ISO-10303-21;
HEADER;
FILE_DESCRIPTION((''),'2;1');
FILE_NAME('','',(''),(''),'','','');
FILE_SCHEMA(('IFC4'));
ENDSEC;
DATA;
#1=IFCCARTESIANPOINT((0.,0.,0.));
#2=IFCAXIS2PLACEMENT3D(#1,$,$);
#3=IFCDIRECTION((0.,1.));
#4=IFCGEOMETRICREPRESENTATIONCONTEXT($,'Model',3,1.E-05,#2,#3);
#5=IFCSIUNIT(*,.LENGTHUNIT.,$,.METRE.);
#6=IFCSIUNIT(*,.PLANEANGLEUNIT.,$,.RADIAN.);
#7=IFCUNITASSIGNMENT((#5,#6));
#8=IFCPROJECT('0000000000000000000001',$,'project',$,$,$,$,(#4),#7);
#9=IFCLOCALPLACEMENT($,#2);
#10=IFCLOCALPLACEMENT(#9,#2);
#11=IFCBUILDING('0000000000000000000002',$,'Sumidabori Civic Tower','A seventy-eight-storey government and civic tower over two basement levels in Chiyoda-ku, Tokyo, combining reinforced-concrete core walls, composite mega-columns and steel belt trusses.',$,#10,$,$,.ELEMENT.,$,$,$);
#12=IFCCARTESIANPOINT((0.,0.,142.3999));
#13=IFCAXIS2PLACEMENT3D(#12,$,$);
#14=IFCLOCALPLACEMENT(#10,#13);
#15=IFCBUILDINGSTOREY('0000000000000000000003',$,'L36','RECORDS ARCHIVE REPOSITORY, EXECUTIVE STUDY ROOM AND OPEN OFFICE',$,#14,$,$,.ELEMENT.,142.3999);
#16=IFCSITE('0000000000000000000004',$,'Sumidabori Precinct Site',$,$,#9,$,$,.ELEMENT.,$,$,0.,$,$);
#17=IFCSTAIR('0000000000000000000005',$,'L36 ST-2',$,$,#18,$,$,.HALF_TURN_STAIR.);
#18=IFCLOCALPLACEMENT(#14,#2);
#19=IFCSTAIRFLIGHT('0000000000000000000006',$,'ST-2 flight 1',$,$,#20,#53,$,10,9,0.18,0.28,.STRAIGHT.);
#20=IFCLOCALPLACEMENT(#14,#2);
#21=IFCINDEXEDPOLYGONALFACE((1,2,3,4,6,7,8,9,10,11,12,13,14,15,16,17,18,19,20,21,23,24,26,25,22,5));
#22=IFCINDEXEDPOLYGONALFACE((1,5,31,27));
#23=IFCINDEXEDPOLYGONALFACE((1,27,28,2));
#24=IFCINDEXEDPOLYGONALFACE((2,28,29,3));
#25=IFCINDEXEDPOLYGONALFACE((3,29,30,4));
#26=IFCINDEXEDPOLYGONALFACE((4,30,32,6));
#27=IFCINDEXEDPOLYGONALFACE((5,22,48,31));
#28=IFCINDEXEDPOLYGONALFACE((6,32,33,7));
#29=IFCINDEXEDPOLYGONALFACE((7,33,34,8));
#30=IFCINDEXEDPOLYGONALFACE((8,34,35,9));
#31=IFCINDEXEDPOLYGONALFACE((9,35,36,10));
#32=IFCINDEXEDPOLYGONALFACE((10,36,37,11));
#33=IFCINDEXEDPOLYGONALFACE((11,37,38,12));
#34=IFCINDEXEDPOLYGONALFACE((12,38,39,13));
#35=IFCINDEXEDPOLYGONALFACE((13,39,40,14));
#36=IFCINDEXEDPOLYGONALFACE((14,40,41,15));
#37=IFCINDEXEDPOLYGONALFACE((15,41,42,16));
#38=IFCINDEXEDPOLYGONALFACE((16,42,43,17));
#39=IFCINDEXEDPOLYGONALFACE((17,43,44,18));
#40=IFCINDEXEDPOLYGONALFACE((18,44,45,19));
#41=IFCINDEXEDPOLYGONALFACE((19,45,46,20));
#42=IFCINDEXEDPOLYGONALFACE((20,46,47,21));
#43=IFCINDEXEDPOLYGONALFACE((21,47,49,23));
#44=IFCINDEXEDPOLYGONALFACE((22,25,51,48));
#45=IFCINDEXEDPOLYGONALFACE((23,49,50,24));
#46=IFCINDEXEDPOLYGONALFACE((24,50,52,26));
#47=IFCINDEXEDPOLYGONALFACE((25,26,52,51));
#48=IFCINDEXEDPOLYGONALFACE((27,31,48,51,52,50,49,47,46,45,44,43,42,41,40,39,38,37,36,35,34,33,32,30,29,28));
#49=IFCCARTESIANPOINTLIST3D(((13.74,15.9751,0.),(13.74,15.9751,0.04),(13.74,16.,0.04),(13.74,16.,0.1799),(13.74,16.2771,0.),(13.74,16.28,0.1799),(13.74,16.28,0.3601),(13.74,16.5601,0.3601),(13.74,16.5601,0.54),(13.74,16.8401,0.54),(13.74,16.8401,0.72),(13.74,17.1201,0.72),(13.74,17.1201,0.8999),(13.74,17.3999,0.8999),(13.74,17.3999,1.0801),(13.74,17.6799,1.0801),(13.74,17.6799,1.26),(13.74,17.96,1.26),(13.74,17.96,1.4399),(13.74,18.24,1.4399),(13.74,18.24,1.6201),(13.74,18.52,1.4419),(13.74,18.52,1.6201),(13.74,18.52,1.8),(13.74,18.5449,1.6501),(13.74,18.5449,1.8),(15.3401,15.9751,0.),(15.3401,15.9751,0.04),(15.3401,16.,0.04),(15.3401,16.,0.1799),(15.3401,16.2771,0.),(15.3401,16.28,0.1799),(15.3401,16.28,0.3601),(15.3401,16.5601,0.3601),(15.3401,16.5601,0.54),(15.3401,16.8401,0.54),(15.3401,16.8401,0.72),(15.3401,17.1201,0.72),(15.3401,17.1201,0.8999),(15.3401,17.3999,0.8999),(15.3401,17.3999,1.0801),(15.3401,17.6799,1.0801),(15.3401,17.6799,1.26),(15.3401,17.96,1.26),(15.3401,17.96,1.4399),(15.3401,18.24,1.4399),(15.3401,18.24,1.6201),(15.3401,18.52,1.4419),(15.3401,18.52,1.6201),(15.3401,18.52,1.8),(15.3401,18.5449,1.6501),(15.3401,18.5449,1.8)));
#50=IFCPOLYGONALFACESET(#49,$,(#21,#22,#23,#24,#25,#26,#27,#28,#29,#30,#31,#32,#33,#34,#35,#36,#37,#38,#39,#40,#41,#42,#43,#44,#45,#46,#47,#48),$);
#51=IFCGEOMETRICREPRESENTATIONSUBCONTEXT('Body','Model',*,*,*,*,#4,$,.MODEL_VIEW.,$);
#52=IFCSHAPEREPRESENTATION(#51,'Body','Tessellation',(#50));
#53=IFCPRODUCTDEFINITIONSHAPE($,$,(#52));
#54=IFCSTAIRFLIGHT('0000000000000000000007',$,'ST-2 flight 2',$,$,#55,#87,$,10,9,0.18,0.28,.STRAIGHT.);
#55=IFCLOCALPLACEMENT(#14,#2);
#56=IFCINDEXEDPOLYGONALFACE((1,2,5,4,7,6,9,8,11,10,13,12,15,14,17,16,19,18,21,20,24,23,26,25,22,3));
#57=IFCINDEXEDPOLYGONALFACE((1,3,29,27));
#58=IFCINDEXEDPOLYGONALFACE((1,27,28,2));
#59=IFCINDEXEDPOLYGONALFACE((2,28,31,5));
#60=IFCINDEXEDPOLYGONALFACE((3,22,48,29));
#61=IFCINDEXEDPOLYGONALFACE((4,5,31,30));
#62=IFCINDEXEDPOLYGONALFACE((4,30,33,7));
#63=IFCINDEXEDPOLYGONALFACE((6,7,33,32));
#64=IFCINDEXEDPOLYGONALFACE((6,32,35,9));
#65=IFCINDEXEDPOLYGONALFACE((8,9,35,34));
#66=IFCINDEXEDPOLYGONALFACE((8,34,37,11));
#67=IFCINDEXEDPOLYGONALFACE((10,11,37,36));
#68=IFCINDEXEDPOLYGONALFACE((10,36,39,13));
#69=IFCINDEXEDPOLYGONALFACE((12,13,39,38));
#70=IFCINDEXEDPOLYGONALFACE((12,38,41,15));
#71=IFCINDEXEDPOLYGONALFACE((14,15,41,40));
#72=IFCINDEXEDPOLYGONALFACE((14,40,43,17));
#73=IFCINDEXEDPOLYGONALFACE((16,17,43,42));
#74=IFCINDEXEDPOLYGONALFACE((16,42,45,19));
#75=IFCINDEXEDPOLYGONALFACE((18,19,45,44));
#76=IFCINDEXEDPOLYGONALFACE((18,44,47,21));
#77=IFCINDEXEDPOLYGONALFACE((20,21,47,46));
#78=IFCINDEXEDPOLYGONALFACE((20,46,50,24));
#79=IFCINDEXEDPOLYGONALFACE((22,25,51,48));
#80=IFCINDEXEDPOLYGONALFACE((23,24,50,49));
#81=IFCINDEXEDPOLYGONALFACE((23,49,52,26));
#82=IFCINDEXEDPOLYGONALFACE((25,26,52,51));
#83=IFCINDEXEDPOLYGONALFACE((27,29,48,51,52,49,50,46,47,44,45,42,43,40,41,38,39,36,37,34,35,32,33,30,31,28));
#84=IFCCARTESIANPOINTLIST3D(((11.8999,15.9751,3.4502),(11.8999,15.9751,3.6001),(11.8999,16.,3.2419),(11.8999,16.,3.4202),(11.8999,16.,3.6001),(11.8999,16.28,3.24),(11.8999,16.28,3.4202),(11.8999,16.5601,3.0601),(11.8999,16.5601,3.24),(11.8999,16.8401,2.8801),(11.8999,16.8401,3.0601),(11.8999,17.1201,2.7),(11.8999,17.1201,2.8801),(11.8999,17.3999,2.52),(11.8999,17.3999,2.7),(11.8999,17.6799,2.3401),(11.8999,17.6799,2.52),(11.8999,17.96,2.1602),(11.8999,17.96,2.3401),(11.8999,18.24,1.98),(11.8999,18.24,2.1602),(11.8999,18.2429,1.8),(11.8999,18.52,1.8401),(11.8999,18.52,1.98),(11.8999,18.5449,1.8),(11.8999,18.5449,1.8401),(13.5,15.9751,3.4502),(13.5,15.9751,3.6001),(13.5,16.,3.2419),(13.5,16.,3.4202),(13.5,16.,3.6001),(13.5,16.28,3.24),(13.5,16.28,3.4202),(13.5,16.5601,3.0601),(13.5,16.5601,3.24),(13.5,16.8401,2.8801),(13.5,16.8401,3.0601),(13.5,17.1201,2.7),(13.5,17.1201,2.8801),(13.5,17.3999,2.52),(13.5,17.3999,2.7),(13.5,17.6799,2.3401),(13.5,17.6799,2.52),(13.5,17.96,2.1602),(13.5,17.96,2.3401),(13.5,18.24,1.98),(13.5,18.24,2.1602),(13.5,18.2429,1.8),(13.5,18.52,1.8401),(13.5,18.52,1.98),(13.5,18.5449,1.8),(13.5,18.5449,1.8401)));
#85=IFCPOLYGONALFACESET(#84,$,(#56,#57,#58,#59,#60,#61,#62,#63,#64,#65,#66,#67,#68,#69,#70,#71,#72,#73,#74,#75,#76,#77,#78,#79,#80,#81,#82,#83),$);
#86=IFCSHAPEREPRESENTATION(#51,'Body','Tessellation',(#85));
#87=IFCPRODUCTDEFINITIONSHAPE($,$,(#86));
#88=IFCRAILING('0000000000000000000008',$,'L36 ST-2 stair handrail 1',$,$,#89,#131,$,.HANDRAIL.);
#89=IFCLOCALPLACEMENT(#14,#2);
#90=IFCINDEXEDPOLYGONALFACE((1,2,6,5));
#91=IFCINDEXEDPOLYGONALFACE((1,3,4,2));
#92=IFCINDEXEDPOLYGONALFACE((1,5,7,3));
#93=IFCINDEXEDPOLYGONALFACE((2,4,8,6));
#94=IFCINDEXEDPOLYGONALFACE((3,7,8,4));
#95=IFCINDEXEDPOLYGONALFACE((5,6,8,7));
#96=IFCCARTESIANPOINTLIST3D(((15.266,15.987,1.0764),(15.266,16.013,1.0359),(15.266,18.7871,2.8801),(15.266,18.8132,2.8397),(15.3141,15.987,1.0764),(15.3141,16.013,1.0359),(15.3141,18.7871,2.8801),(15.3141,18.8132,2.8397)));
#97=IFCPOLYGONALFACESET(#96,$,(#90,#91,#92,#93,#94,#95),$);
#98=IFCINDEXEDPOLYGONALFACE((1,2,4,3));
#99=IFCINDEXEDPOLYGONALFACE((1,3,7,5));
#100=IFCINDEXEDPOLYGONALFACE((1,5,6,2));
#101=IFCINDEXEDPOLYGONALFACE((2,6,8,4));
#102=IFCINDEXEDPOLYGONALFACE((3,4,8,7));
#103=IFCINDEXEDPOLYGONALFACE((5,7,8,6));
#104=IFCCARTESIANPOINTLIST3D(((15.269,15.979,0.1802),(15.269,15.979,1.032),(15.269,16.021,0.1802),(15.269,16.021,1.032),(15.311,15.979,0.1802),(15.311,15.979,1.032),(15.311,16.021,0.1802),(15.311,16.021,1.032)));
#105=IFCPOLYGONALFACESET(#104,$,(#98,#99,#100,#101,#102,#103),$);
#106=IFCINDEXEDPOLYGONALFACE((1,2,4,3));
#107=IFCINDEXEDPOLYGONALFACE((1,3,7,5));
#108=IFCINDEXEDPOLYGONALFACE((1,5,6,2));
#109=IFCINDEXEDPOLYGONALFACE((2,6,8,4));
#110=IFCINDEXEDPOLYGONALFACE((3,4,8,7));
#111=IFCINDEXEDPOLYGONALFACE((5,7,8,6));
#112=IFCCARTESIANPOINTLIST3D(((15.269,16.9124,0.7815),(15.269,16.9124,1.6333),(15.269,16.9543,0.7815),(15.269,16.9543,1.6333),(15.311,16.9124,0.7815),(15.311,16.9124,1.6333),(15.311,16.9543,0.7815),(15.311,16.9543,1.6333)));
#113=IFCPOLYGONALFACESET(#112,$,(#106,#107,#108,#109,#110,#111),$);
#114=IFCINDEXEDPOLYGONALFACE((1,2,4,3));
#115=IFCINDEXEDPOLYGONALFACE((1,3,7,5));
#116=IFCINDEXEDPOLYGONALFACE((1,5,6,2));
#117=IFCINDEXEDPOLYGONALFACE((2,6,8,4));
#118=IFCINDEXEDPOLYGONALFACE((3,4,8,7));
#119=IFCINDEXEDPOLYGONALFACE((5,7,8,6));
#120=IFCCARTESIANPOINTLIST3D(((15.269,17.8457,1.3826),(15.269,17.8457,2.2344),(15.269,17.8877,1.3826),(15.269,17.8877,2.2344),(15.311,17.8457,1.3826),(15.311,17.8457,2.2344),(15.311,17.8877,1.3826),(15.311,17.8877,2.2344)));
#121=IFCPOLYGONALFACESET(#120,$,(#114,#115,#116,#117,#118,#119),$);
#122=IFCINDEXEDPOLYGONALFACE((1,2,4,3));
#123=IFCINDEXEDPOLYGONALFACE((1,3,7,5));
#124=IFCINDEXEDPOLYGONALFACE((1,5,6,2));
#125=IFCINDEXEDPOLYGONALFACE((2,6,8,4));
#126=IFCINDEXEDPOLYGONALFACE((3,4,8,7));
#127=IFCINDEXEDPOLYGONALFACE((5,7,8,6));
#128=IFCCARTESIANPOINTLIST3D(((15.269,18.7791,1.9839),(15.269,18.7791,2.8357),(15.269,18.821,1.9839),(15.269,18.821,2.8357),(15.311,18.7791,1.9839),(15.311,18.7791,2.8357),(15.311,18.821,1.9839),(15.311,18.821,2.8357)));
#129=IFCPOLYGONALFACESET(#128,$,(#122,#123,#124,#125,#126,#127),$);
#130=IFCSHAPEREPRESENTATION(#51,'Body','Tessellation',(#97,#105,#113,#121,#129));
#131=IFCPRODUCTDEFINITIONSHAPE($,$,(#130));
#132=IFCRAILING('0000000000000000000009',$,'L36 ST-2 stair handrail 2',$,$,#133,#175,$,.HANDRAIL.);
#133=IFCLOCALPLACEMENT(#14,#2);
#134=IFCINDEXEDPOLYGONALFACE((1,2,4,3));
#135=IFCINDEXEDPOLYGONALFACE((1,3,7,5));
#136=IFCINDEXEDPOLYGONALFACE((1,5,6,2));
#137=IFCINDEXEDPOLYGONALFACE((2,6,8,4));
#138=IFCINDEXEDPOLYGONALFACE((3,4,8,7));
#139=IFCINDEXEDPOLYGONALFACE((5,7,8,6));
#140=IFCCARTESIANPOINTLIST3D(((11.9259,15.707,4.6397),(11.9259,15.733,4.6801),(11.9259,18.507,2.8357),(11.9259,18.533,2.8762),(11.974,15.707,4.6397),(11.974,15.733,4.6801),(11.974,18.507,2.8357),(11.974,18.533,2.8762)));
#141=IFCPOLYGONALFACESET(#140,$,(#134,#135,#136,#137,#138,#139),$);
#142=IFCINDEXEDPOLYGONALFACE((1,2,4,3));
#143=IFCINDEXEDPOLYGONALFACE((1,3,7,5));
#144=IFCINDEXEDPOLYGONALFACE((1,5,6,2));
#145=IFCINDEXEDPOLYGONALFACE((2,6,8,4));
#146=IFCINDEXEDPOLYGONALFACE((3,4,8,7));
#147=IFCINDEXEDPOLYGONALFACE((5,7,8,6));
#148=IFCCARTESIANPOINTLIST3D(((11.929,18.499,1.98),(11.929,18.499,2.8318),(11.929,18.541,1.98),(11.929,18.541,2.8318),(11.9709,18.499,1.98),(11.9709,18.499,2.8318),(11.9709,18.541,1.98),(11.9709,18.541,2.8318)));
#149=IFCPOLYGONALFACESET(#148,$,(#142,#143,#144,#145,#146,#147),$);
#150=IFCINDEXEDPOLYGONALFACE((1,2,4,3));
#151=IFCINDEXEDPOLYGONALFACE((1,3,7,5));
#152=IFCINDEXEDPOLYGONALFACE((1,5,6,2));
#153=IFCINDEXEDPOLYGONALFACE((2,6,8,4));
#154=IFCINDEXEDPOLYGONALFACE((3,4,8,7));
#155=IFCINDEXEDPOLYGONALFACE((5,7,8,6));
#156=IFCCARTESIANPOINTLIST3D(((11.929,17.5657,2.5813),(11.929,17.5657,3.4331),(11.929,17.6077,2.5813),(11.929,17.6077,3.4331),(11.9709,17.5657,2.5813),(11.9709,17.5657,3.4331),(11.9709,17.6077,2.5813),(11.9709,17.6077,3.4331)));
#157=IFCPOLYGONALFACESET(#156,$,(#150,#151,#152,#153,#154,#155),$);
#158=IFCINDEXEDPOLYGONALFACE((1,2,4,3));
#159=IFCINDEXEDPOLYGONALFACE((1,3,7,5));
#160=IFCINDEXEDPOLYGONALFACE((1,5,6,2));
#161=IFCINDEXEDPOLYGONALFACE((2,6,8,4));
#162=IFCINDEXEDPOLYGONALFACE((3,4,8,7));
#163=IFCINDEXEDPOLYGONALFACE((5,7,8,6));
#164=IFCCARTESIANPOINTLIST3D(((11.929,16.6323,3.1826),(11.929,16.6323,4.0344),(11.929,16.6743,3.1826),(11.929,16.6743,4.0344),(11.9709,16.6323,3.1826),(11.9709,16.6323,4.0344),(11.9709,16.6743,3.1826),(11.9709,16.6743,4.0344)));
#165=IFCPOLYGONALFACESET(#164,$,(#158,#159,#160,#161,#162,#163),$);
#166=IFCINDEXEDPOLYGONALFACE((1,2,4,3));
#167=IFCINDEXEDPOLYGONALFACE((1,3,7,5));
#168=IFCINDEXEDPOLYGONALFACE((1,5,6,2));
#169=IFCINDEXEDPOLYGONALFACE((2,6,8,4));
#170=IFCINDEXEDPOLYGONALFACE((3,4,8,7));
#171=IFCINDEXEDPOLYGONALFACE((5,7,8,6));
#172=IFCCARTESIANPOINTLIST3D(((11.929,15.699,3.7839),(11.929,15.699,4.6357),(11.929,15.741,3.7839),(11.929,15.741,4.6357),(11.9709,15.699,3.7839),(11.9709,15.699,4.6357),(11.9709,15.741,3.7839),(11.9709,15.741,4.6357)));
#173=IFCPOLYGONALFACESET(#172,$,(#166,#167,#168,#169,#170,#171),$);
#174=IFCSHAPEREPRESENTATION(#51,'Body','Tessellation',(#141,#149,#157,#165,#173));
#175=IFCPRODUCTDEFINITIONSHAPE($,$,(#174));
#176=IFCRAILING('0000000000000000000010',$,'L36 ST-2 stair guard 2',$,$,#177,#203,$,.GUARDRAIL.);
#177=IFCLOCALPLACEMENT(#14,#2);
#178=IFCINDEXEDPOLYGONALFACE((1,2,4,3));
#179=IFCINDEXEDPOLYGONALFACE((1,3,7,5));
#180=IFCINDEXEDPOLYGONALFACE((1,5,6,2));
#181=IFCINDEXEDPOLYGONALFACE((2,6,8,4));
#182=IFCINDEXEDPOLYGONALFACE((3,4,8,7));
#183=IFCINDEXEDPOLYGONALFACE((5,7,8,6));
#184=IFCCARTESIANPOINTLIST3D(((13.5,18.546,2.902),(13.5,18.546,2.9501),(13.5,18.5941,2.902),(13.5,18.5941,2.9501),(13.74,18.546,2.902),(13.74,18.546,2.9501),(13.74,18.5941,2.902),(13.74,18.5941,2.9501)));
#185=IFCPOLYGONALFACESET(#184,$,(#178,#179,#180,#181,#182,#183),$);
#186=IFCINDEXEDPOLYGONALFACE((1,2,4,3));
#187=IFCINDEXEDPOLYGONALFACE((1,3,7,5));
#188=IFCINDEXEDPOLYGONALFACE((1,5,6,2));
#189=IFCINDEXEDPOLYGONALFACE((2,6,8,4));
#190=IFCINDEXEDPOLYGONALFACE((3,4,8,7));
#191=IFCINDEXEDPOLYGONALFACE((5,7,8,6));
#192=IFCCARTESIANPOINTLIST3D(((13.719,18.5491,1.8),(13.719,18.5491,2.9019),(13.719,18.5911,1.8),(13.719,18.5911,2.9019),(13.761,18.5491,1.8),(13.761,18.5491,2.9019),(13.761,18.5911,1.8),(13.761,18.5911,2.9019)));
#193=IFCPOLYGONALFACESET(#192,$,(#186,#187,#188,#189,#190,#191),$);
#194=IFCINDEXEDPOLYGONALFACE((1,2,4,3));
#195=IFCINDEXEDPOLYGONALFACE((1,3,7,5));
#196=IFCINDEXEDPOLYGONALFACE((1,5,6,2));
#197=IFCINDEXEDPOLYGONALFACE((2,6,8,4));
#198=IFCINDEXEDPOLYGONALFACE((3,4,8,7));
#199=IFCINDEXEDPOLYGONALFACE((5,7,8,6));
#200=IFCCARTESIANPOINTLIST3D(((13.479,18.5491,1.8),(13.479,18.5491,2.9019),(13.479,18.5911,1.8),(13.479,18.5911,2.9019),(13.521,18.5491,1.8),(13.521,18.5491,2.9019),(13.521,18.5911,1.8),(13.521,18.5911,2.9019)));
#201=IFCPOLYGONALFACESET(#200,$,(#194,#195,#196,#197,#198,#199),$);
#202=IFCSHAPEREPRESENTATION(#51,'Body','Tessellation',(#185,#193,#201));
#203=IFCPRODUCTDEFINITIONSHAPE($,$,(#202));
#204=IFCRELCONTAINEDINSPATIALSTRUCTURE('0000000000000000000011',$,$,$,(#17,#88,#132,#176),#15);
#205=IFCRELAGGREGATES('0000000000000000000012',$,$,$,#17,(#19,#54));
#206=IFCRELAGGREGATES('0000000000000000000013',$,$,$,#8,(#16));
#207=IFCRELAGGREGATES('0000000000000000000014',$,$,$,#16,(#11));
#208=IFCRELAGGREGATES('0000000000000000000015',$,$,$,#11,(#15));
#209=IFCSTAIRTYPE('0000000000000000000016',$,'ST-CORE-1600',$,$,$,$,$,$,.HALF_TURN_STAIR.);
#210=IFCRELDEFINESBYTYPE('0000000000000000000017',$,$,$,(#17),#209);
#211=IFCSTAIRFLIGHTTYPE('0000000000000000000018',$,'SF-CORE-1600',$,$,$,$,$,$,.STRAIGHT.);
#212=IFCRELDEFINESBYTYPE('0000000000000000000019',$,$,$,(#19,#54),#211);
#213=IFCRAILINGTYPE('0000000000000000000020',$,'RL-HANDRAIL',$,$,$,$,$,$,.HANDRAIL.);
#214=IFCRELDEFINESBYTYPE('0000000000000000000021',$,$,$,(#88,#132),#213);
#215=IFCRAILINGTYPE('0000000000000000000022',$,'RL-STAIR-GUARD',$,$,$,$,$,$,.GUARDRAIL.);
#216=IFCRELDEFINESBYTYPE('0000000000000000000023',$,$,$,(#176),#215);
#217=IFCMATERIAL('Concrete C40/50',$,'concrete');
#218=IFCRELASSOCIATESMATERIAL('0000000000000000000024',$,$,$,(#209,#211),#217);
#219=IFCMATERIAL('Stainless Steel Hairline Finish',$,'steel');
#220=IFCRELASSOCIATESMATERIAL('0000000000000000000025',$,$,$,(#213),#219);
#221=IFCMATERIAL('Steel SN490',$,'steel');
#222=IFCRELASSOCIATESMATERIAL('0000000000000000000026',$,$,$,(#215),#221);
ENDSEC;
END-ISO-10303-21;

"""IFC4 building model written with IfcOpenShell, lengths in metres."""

from ifc_helpers import new_model, si_unit, direction, frame, origin, origin_2d, place, context, subcontext, project, spatial, polyline, rectangle, outline, extrude, source, transform, mapped, material, type_object, element, aggregate, save


model = new_model("IFC4")

# Units and contexts
model_context = context("Model", 3, precision=1e-05, world=origin(), true_north=direction((0.0, 1.0)))
body_context = subcontext(model_context, "Body", "Model", "MODEL_VIEW")
ifc_project = project(units=[si_unit("LENGTHUNIT", "METRE"), si_unit("PLANEANGLEUNIT", "RADIAN")], contexts=[model_context])

# Site, building, storey
site_placement = place(None, origin())
site = spatial("IfcSite", under=ifc_project, at=site_placement, Name="Sumidabori Precinct Site", CompositionType="ELEMENT", RefElevation=0.0)
building_placement = place(site_placement, origin())
building = spatial("IfcBuilding", under=site, at=building_placement, Name="Sumidabori Civic Tower", Description="A seventy-eight-storey government and civic tower over two basement levels in Chiyoda-ku, Tokyo, combining reinforced-concrete core walls, composite mega-columns and steel belt trusses.", CompositionType="ELEMENT")
storey_placement = place(building_placement, frame((0.0, 0.0, 142.3999)))
storey = spatial("IfcBuildingStorey", under=building, at=storey_placement, Name="L36", Description="RECORDS ARCHIVE REPOSITORY, EXECUTIVE STUDY ROOM AND OPEN OFFICE", CompositionType="ELEMENT", Elevation=142.3999)

# Shared definitions
ifc_material_1 = material(Name="Steel SN490", Category="steel")

# Stair, stair flights
ifc_material_2 = material(Name="Concrete C40/50", Category="concrete")
stair_type = type_object("IfcStairType", Name="ST-CORE-1600", PredefinedType="HALF_TURN_STAIR", material=ifc_material_2)
stair_placement = place(storey_placement, origin())
stair = element("IfcStair", 1, at=stair_placement, inside=storey, type_object=stair_type, Name="L36 ST-2", PredefinedType="HALF_TURN_STAIR")
stair_flight_type = type_object("IfcStairFlightType", Name="SF-CORE-1600", PredefinedType="STRAIGHT", material=ifc_material_2)
shared_shape_1 = source(origin(), body_context, "Body", "SweptSolid", [
    extrude(outline(polyline([(-0.0249, 0.0), (-0.0249, 0.04), (0.0, 0.04), (0.0, 0.1799), (0.28, 0.1799), (0.28, 0.3601), (0.5601, 0.3601), (0.5601, 0.54), (0.8401, 0.54), (0.8401, 0.72), (1.1201, 0.72), (1.1201, 0.8999), (1.3999, 0.8999), (1.3999, 1.0801), (1.6799, 1.0801), (1.6799, 1.26), (1.96, 1.26), (1.96, 1.4399), (2.24, 1.4399), (2.24, 1.6201), (2.52, 1.6201), (2.52, 1.8), (2.5449, 1.8), (2.5449, 1.6501), (2.52, 1.4419), (0.2771, 0.0), (-0.0249, 0.0)])), frame((0.0, 0.8, 0.0), z_axis=(0.0, -1.0, 0.0), x_axis=(1.0, 0.0, 0.0)), (0.0, 0.0, 1.0), 1.6001),
])
stair_flight_1_placement = place(storey_placement, frame((14.54, 16.0, 0.0), z_axis=(0.0, 0.0, 1.0), x_axis=(0.0, 1.0, 0.0)))
stair_flight_1 = element("IfcStairFlight", 2, at=stair_flight_1_placement, type_object=stair_flight_type, Name="ST-2 flight 1", NumberOfRisers=10, NumberOfTreads=9, PredefinedType="STRAIGHT", RiserHeight=0.18, TreadLength=0.28, context=body_context, shape_type="MappedRepresentation", body=[
    mapped(shared_shape_1, transform((0.0, 0.0, 0.0), x_axis=(1.0, 0.0, 0.0), y_axis=(0.0, 1.0, 0.0), z_axis=(0.0, 0.0, 1.0), scale=1.0)),
])
stair_flight_2_placement = place(storey_placement, frame((12.7, 18.52, 1.8), z_axis=(0.0, 0.0, 1.0), x_axis=(0.0, -1.0, 0.0)))
stair_flight_2 = element("IfcStairFlight", 3, at=stair_flight_2_placement, type_object=stair_flight_type, Name="ST-2 flight 2", NumberOfRisers=10, NumberOfTreads=9, PredefinedType="STRAIGHT", RiserHeight=0.18, TreadLength=0.28, context=body_context, shape_type="MappedRepresentation", body=[
    mapped(shared_shape_1, transform((0.0, 0.0, 0.0), x_axis=(1.0, 0.0, 0.0), y_axis=(0.0, 1.0, 0.0), z_axis=(0.0, 0.0, 1.0), scale=1.0)),
])
aggregate(stair, [stair_flight_1, stair_flight_2])

# Railings
ifc_material_3 = material(Name="Stainless Steel Hairline Finish", Category="steel")
railing_type_1 = type_object("IfcRailingType", Name="RL-HANDRAIL", PredefinedType="HANDRAIL", material=ifc_material_3)
railing_1_placement = place(storey_placement, frame((15.29, 16.0, 0.1802)))
element("IfcRailing", 4, at=railing_1_placement, inside=storey, type_object=railing_type_1, Name="L36 ST-2 stair handrail 1", PredefinedType="HANDRAIL", context=body_context, shape_type="SweptSolid", body=[
    extrude(rectangle(XDim=0.0481, YDim=0.0481, at=origin_2d()), frame((0.0, 0.0, 0.876), z_axis=(0.0, 0.840676, 0.541539), x_axis=(-1.0, 0.0, 0.0)), (0.0, 0.0, 1.0), 3.3308),
    extrude(rectangle(XDim=0.042, YDim=0.042, at=origin_2d()), origin(), (0.0, 0.0, 1.0), 0.8518),
    extrude(rectangle(XDim=0.042, YDim=0.042, at=origin_2d()), frame((0.0, 0.9333, 0.6013)), (0.0, 0.0, 1.0), 0.8518),
    extrude(rectangle(XDim=0.042, YDim=0.042, at=origin_2d()), frame((0.0, 1.8667, 1.2024)), (0.0, 0.0, 1.0), 0.8518),
    extrude(rectangle(XDim=0.042, YDim=0.042, at=origin_2d()), frame((0.0, 2.8, 1.8037)), (0.0, 0.0, 1.0), 0.8518),
])
railing_2_placement = place(storey_placement, frame((11.95, 18.52, 1.98)))
element("IfcRailing", 5, at=railing_2_placement, inside=storey, type_object=railing_type_1, Name="L36 ST-2 stair handrail 2", PredefinedType="HANDRAIL", context=body_context, shape_type="SweptSolid", body=[
    extrude(rectangle(XDim=0.0481, YDim=0.0481, at=origin_2d()), frame((0.0, 0.0, 0.876), z_axis=(0.0, -0.840642, 0.541591), x_axis=(1.0, 0.0, 0.0)), (0.0, 0.0, 1.0), 3.3308),
    extrude(rectangle(XDim=0.042, YDim=0.042, at=origin_2d()), origin(), (0.0, 0.0, 1.0), 0.8518),
    extrude(rectangle(XDim=0.042, YDim=0.042, at=origin_2d()), frame((0.0, -0.9333, 0.6013)), (0.0, 0.0, 1.0), 0.8518),
    extrude(rectangle(XDim=0.042, YDim=0.042, at=origin_2d()), frame((0.0, -1.8667, 1.2026)), (0.0, 0.0, 1.0), 0.8518),
    extrude(rectangle(XDim=0.042, YDim=0.042, at=origin_2d()), frame((0.0, -2.8, 1.804)), (0.0, 0.0, 1.0), 0.8518),
])
railing_type_2 = type_object("IfcRailingType", Name="RL-STAIR-GUARD", PredefinedType="GUARDRAIL", material=ifc_material_1)
railing_3_placement = place(storey_placement, frame((13.74, 18.5701, 1.8)))
element("IfcRailing", 6, at=railing_3_placement, inside=storey, type_object=railing_type_2, Name="L36 ST-2 stair guard 2", PredefinedType="GUARDRAIL", context=body_context, shape_type="SweptSolid", body=[
    extrude(rectangle(XDim=0.0481, YDim=0.0481, at=origin_2d()), frame((0.0, 0.0, 1.126), z_axis=(-1.0, 0.0, 0.0), x_axis=(0.0, -1.0, 0.0)), (0.0, 0.0, 1.0), 0.24),
    extrude(rectangle(XDim=0.042, YDim=0.042, at=origin_2d()), origin(), (0.0, 0.0, 1.0), 1.1018),
    extrude(rectangle(XDim=0.042, YDim=0.042, at=origin_2d()), frame((-0.24, 0.0, 0.0)), (0.0, 0.0, 1.0), 1.1018),
])

save(model, "model.ifc")
